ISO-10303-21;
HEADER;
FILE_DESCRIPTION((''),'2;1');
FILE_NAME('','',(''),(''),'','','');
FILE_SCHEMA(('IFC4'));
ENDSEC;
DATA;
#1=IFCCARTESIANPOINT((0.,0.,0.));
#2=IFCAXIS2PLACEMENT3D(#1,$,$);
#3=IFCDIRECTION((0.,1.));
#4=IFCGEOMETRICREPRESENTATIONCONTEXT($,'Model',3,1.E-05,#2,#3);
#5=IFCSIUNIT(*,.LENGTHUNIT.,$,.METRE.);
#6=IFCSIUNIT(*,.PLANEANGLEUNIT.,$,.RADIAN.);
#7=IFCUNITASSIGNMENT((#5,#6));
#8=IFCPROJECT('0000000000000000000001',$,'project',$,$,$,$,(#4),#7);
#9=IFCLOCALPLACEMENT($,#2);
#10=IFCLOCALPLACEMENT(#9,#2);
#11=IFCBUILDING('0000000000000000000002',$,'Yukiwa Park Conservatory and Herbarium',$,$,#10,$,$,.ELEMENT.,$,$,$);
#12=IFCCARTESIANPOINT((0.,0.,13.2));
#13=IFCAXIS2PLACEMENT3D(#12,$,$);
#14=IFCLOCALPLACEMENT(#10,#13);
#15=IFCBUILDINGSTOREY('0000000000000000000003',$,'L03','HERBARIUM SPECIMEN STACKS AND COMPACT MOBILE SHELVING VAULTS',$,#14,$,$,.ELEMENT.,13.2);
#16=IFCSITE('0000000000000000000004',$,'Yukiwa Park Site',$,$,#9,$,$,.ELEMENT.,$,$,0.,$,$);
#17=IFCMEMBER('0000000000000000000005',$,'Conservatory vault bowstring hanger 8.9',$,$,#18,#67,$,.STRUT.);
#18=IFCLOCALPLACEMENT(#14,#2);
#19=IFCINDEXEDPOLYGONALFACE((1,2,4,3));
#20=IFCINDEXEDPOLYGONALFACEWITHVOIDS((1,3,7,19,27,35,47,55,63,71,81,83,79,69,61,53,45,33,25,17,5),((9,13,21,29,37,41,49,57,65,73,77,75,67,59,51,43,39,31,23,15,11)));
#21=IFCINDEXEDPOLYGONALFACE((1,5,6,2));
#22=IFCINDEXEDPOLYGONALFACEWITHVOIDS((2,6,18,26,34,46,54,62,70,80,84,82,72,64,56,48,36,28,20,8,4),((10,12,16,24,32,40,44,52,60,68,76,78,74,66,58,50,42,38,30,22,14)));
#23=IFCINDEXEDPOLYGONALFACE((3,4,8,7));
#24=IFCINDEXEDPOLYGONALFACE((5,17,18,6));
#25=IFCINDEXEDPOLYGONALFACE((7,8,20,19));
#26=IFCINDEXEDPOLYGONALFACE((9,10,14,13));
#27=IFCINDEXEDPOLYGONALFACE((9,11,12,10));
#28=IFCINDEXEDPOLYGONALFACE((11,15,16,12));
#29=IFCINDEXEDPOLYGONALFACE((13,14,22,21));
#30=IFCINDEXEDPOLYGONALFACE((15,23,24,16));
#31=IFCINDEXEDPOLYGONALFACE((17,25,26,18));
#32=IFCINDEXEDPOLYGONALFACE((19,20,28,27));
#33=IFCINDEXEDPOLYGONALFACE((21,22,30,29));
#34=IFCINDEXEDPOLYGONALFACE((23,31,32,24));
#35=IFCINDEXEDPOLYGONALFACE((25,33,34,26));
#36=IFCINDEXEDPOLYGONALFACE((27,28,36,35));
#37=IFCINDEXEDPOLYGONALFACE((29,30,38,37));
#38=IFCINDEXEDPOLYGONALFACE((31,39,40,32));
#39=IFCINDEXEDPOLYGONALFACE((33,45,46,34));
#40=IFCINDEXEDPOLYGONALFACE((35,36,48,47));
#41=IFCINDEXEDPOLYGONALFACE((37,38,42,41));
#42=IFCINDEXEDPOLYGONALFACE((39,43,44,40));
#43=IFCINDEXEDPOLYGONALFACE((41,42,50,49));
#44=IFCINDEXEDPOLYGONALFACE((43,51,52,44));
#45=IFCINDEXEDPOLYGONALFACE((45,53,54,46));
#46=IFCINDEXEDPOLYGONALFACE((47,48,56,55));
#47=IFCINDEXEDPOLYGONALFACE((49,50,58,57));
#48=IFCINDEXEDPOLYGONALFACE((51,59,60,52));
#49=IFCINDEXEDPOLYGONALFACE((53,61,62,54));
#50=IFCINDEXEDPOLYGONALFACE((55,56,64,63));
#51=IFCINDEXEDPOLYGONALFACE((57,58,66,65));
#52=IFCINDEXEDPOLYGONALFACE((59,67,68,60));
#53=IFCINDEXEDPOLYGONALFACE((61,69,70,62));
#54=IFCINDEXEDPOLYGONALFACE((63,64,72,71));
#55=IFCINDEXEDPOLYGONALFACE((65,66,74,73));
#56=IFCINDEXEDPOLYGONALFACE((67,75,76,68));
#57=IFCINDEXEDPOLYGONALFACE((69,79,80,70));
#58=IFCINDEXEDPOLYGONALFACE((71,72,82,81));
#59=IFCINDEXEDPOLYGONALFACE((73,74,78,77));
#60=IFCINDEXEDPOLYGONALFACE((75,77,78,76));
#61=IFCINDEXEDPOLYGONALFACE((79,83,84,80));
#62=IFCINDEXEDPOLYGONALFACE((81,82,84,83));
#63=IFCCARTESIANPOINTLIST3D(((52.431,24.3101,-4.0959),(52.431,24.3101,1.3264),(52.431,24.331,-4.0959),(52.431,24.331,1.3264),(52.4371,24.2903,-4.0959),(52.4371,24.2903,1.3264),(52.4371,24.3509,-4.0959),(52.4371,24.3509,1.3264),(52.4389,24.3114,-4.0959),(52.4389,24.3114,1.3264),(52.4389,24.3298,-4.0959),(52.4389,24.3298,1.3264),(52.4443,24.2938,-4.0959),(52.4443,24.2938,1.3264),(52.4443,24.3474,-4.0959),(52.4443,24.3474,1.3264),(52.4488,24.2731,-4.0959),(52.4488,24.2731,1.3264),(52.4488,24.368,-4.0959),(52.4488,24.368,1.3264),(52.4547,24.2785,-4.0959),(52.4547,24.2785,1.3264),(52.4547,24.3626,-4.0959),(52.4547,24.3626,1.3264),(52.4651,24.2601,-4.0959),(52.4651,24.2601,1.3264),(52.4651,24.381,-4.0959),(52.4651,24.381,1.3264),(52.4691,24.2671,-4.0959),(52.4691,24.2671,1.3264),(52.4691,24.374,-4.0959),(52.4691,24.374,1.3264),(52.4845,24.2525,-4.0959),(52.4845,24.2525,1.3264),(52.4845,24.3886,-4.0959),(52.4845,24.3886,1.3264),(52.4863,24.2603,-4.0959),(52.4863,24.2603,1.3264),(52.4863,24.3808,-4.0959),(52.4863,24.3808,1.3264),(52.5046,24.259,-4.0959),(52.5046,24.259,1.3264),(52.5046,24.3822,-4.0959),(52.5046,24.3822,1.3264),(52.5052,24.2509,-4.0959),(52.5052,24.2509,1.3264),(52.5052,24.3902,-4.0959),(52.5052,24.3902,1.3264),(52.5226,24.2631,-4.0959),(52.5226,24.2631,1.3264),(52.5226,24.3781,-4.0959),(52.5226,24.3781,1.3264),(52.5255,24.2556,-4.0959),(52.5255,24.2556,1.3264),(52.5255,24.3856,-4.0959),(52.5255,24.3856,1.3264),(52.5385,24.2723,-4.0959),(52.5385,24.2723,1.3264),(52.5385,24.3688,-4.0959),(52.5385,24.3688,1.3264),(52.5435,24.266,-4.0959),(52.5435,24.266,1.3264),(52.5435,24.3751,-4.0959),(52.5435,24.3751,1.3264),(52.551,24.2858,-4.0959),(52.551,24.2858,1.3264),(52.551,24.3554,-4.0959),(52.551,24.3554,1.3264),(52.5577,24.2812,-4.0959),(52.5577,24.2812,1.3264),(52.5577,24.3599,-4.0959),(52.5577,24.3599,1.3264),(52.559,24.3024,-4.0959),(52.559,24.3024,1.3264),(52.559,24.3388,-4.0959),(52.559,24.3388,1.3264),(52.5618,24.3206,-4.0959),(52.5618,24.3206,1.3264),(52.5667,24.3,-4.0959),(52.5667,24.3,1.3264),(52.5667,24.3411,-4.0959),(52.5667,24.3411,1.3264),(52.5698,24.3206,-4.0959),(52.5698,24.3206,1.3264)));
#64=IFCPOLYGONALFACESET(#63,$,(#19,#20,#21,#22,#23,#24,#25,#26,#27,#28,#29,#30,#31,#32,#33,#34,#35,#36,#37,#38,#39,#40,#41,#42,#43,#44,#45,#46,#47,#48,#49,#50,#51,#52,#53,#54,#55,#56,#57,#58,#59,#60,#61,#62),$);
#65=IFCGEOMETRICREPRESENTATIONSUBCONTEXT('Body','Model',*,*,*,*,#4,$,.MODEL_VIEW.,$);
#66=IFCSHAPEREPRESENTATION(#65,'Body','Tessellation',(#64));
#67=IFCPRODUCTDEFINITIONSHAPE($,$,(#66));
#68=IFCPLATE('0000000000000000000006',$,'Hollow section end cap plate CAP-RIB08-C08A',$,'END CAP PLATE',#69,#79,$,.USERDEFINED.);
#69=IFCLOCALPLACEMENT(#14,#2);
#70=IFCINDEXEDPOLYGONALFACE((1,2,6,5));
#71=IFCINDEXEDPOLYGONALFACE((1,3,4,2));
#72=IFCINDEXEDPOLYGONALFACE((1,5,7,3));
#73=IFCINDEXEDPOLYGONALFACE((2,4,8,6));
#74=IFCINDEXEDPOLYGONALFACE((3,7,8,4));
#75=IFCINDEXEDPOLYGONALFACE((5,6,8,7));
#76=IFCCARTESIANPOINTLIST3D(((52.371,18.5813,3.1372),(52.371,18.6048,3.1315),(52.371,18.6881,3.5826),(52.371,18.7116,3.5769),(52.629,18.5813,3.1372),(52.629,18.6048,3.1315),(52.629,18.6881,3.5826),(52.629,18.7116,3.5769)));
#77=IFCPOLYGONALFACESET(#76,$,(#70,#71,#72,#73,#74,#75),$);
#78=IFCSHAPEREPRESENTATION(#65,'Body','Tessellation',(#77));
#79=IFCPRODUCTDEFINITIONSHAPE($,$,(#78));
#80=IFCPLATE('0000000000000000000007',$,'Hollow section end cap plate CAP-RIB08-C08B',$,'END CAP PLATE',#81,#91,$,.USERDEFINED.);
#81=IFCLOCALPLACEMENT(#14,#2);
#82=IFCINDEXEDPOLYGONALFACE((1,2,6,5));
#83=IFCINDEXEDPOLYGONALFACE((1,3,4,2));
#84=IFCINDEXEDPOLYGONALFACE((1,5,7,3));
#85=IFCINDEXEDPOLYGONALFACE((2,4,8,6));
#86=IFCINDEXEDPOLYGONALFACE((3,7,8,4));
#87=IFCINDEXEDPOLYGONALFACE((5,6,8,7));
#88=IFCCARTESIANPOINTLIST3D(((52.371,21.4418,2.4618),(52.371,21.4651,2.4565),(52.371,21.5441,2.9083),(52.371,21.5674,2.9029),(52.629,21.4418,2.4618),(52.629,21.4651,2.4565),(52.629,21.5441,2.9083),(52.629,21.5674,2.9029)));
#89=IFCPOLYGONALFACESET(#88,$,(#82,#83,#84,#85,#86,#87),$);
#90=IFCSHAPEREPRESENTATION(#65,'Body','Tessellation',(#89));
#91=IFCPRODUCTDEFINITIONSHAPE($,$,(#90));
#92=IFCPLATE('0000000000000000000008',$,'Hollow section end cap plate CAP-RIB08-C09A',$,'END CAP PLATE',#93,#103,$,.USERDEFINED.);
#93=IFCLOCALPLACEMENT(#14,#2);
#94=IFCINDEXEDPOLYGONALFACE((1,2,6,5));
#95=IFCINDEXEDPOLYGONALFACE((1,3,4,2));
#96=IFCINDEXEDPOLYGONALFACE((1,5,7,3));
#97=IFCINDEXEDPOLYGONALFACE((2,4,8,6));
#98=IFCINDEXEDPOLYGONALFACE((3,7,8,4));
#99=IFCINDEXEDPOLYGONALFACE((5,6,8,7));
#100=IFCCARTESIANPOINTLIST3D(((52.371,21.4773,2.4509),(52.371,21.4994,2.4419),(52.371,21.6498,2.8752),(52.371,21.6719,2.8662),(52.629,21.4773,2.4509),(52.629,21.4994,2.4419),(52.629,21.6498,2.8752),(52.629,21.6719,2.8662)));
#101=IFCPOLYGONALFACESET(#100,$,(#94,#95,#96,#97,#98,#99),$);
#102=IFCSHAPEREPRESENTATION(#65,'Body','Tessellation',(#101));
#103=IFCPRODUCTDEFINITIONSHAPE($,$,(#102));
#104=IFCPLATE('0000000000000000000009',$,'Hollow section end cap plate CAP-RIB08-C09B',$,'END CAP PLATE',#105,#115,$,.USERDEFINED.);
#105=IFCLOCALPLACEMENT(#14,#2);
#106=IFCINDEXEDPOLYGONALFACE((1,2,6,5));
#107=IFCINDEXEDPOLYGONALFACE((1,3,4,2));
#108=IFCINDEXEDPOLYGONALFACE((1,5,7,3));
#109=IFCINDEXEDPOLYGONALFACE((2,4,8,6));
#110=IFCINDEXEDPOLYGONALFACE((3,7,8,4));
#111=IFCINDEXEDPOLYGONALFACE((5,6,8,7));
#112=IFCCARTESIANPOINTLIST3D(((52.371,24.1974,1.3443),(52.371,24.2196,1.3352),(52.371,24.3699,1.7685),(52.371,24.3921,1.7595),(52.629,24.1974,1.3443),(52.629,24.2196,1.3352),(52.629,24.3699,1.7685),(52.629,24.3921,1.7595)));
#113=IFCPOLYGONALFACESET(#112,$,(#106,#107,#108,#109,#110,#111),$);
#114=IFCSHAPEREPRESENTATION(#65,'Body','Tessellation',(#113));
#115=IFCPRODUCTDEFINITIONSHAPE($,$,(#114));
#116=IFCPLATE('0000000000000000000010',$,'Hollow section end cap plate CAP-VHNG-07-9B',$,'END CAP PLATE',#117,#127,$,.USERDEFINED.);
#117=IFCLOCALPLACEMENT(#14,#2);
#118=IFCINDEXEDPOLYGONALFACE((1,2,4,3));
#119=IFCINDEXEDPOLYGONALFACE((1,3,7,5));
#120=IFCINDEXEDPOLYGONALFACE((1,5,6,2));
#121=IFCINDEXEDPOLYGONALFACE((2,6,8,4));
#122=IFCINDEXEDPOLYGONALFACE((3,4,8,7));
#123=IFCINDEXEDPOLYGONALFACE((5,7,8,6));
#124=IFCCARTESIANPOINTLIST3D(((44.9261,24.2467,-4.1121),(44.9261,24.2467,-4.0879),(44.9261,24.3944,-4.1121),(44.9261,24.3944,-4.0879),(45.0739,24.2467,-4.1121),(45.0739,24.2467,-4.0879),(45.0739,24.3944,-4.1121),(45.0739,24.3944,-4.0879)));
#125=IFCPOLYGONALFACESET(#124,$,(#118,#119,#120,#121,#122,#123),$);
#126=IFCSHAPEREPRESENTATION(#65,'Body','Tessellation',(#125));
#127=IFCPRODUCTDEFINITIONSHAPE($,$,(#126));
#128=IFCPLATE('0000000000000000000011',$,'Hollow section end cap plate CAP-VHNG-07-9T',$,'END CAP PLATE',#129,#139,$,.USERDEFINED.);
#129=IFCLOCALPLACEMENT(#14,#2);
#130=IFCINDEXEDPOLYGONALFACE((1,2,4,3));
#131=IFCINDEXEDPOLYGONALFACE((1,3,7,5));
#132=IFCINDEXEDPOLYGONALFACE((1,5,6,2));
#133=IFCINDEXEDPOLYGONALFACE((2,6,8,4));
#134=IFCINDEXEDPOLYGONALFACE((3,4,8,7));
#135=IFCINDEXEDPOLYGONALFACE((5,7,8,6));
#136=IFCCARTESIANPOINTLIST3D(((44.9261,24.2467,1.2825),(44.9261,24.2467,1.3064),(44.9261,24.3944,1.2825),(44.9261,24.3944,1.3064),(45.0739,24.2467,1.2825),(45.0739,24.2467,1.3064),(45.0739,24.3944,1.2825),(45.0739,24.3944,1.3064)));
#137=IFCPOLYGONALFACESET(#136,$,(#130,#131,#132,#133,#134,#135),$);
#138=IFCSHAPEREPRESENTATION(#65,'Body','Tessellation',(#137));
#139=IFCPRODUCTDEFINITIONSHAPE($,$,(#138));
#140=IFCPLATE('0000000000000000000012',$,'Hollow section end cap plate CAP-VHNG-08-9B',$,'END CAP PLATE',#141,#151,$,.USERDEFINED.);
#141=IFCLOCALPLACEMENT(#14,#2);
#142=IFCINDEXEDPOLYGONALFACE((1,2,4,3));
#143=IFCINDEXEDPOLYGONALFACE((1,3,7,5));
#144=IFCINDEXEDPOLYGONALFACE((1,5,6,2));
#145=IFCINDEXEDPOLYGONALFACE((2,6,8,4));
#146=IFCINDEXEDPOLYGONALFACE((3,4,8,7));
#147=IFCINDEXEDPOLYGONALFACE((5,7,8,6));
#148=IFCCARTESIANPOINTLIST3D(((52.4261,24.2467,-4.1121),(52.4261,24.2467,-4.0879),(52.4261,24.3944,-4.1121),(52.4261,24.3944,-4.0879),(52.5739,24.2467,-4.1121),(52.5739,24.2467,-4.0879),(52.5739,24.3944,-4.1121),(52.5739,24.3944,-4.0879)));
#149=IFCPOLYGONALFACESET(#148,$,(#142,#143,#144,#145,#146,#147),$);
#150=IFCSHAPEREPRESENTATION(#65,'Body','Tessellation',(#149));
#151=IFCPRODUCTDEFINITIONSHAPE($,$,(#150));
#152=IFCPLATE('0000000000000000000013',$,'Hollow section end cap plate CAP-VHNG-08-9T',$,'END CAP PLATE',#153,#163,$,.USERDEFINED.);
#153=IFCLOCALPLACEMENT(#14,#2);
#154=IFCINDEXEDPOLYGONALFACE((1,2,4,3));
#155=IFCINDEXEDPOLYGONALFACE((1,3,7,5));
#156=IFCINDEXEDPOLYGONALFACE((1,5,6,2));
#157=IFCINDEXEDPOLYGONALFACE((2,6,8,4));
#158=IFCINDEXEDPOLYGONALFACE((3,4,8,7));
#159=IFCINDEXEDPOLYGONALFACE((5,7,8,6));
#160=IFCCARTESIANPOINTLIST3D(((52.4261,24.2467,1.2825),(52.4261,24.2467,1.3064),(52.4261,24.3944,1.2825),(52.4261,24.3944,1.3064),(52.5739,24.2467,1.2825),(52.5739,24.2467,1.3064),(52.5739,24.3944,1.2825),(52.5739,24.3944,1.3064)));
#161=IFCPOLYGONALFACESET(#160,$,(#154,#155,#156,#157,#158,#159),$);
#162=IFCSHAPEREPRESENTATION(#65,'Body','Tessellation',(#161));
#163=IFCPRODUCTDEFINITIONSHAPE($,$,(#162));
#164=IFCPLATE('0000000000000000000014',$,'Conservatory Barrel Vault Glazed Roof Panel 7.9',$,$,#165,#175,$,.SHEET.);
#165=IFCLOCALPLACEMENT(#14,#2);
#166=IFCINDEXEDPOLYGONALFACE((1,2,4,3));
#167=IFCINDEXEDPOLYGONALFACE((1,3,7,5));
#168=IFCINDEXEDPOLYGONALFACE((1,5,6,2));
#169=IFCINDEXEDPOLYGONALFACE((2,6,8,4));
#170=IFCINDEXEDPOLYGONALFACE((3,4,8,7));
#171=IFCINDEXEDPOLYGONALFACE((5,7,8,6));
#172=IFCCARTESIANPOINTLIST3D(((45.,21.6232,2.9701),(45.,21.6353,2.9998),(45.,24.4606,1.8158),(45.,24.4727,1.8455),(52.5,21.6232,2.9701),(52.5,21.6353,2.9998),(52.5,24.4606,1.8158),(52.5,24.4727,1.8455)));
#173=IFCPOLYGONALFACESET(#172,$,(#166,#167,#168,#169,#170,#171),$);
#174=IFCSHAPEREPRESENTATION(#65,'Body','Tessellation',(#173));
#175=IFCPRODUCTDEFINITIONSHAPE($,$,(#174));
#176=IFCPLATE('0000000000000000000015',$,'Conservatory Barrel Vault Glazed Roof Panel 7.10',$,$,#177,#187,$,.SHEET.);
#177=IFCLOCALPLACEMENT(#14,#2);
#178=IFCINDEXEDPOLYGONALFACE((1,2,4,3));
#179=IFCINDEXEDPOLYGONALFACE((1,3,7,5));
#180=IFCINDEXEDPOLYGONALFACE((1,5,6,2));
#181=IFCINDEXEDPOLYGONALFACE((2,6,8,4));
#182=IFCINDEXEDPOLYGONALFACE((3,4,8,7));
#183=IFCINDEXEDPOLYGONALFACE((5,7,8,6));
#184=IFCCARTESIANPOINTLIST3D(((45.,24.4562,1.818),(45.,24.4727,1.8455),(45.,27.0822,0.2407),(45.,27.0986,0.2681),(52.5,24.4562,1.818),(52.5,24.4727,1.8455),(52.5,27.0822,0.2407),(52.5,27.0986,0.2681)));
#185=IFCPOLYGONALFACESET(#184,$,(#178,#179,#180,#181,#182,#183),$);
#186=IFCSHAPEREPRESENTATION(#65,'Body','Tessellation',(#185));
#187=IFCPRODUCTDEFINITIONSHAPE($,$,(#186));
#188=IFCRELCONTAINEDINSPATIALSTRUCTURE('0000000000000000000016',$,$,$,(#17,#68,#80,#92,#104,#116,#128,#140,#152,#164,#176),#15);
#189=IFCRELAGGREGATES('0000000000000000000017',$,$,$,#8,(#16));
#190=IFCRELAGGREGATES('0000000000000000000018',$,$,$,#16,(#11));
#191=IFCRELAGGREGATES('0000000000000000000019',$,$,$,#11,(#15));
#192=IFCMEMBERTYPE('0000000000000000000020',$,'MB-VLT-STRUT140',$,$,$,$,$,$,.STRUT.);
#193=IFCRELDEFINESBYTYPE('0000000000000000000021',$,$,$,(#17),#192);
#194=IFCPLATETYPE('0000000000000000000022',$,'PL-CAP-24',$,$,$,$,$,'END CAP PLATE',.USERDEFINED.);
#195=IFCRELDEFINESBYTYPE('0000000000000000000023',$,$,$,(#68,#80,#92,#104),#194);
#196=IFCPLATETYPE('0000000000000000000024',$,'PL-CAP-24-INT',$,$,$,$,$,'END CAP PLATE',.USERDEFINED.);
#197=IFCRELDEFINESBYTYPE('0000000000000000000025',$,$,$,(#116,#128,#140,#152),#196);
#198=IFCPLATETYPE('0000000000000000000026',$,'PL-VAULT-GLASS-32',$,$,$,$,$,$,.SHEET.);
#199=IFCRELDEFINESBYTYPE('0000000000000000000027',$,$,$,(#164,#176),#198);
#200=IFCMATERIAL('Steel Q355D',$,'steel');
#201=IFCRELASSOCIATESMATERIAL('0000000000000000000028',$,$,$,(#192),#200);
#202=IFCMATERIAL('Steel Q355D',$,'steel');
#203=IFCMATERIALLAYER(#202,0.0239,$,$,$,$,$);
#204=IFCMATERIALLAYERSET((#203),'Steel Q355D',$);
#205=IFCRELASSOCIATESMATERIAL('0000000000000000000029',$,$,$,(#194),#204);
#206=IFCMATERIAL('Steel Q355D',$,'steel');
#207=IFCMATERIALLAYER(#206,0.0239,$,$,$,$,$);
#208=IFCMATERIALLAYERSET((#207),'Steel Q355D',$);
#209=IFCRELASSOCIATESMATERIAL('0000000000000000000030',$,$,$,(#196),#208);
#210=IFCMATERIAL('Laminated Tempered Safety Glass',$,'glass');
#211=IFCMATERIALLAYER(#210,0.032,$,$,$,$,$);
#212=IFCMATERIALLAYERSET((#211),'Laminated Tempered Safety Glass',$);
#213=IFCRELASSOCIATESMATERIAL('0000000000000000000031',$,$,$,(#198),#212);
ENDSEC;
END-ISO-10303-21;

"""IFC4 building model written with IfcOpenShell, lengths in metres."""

from ifc_helpers import new_model, si_unit, direction, frame, origin, origin_2d, place, context, subcontext, project, spatial, polyline, rectangle, hollow_circle, outline, extrude, material, layer, layer_set, material_profile, profile_set, type_object, element, save


model = new_model("IFC4")

# Units and contexts
model_context = context("Model", 3, precision=1e-05, world=origin(), true_north=direction((0.0, 1.0)))
body_context = subcontext(model_context, "Body", "Model", "MODEL_VIEW")
ifc_project = project(units=[si_unit("LENGTHUNIT", "METRE"), si_unit("PLANEANGLEUNIT", "RADIAN")], contexts=[model_context])

# Site, building, storey
site_placement = place(None, origin())
site = spatial("IfcSite", under=ifc_project, at=site_placement, Name="Yukiwa Park Site", CompositionType="ELEMENT", RefElevation=0.0)
building_placement = place(site_placement, origin())
building = spatial("IfcBuilding", under=site, at=building_placement, Name="Yukiwa Park Conservatory and Herbarium", CompositionType="ELEMENT")
storey_placement = place(building_placement, frame((0.0, 0.0, 13.2)))
storey = spatial("IfcBuildingStorey", under=building, at=storey_placement, Name="L03", Description="HERBARIUM SPECIMEN STACKS AND COMPACT MOBILE SHELVING VAULTS", CompositionType="ELEMENT", Elevation=13.2)

# Member
ifc_material_1 = material(Name="Steel Q355D", Category="steel")
ifc_material_profile_1 = material_profile(ifc_material_1, hollow_circle(Radius=0.0698, WallThickness=0.0081, at=origin_2d()), Name="CHS 139.7x8")
ifc_profile_set_1 = profile_set([ifc_material_profile_1], Name="Steel Q355D")
member_type_1 = type_object("IfcMemberType", Name="MB-VLT-STRUT140", PredefinedType="STRUT", material=ifc_profile_set_1)
for number, where, z_axis, x_axis, name in (
    (1, (52.5, 24.3206, -4.0959), (0.0, 0.0, 1.0), (1.0, 0.0, 0.0), "Conservatory vault bowstring hanger 8.9"),
):
    element("IfcMember", number, at=place(storey_placement, frame(where, z_axis=z_axis, x_axis=x_axis)), inside=storey, type_object=member_type_1, Name=name, PredefinedType="STRUT", context=body_context, shape_type="SweptSolid", body=[
        extrude(hollow_circle(Radius=0.0698, WallThickness=0.0081, at=origin_2d()), origin(), (0.0, 0.0, 1.0), 5.4224),
    ])

# Plates
ifc_material_2 = material(Name="Steel Q355D", Category="steel")
ifc_layer_1 = layer(ifc_material_2, 0.0239)
ifc_layer_set_1 = layer_set([ifc_layer_1], Name="Steel Q355D")
plate_type_1 = type_object("IfcPlateType", Name="PL-CAP-24", ElementType="END CAP PLATE", PredefinedType="USERDEFINED", material=ifc_layer_set_1)
plate_1_placement = place(storey_placement, frame((52.5, 18.6582, 3.3542), z_axis=(0.0, -0.972479, 0.23299), x_axis=(1.0, 0.0, 0.0)))
element("IfcPlate", 2, at=plate_1_placement, inside=storey, type_object=plate_type_1, Name="Hollow section end cap plate CAP-RIB08-C08A", ObjectType="END CAP PLATE", PredefinedType="USERDEFINED", context=body_context, shape_type="SweptSolid", body=[
    extrude(rectangle(XDim=0.2581, YDim=0.458, at=origin_2d()), origin(), (0.0, 0.0, 1.0), 0.0242),
])
for number, where, z_axis, x_axis, name in (
    (3, (52.5, 21.4929, 2.6851), (0.0, 0.974732, -0.223376), (-1.0, 0.0, 0.0), "Hollow section end cap plate CAP-RIB08-C08B"),
    (4, (52.5, 21.5857, 2.6541), (0.0, -0.926356, 0.37665), (1.0, 0.0, 0.0), "Hollow section end cap plate CAP-RIB08-C09A"),
    (5, (52.5, 24.2837, 1.5564), (0.0, 0.926356, -0.37665), (-1.0, 0.0, 0.0), "Hollow section end cap plate CAP-RIB08-C09B"),
):
    element("IfcPlate", number, at=place(storey_placement, frame(where, z_axis=z_axis, x_axis=x_axis)), inside=storey, type_object=plate_type_1, Name=name, ObjectType="END CAP PLATE", PredefinedType="USERDEFINED", context=body_context, shape_type="SweptSolid", body=[
        extrude(rectangle(XDim=0.2581, YDim=0.458, at=origin_2d()), origin(), (0.0, 0.0, 1.0), 0.0239),
    ])
ifc_material_3 = material(Name="Steel Q355D", Category="steel")
ifc_layer_2 = layer(ifc_material_3, 0.0239)
ifc_layer_set_2 = layer_set([ifc_layer_2], Name="Steel Q355D")
plate_type_2 = type_object("IfcPlateType", Name="PL-CAP-24-INT", ElementType="END CAP PLATE", PredefinedType="USERDEFINED", material=ifc_layer_set_2)
plate_2_placement = place(storey_placement, frame((45.0, 24.3206, -4.0879), z_axis=(0.0, 0.0, -1.0), x_axis=(1.0, 0.0, 0.0)))
element("IfcPlate", 6, at=plate_2_placement, inside=storey, type_object=plate_type_2, Name="Hollow section end cap plate CAP-VHNG-07-9B", ObjectType="END CAP PLATE", PredefinedType="USERDEFINED", context=body_context, shape_type="SweptSolid", body=[
    extrude(rectangle(XDim=0.1477, YDim=0.1477, at=origin_2d()), origin(), (0.0, 0.0, 1.0), 0.0242),
])
plate_3_placement = place(storey_placement, frame((45.0, 24.3206, 1.2825), z_axis=(0.0, 0.0, 1.0), x_axis=(1.0, 0.0, 0.0)))
element("IfcPlate", 7, at=plate_3_placement, inside=storey, type_object=plate_type_2, Name="Hollow section end cap plate CAP-VHNG-07-9T", ObjectType="END CAP PLATE", PredefinedType="USERDEFINED", context=body_context, shape_type="SweptSolid", body=[
    extrude(rectangle(XDim=0.1477, YDim=0.1477, at=origin_2d()), origin(), (0.0, 0.0, 1.0), 0.0239),
])
plate_4_placement = place(storey_placement, frame((52.5, 24.3206, -4.0879), z_axis=(0.0, 0.0, -1.0), x_axis=(1.0, 0.0, 0.0)))
element("IfcPlate", 8, at=plate_4_placement, inside=storey, type_object=plate_type_2, Name="Hollow section end cap plate CAP-VHNG-08-9B", ObjectType="END CAP PLATE", PredefinedType="USERDEFINED", context=body_context, shape_type="SweptSolid", body=[
    extrude(rectangle(XDim=0.1477, YDim=0.1477, at=origin_2d()), origin(), (0.0, 0.0, 1.0), 0.0242),
])
plate_5_placement = place(storey_placement, frame((52.5, 24.3206, 1.2825), z_axis=(0.0, 0.0, 1.0), x_axis=(1.0, 0.0, 0.0)))
element("IfcPlate", 9, at=plate_5_placement, inside=storey, type_object=plate_type_2, Name="Hollow section end cap plate CAP-VHNG-08-9T", ObjectType="END CAP PLATE", PredefinedType="USERDEFINED", context=body_context, shape_type="SweptSolid", body=[
    extrude(rectangle(XDim=0.1477, YDim=0.1477, at=origin_2d()), origin(), (0.0, 0.0, 1.0), 0.0239),
])
ifc_material_4 = material(Name="Laminated Tempered Safety Glass", Category="glass")
ifc_layer_3 = layer(ifc_material_4, 0.032)
ifc_layer_set_3 = layer_set([ifc_layer_3], Name="Laminated Tempered Safety Glass")
plate_type_3 = type_object("IfcPlateType", Name="PL-VAULT-GLASS-32", PredefinedType="SHEET", material=ifc_layer_set_3)
plate_6_placement = place(storey_placement, frame((45.0, 21.6353, 2.9998), z_axis=(0.0, 0.376826, 0.926284), x_axis=(1.0, 0.0, 0.0)))
element("IfcPlate", 10, at=plate_6_placement, inside=storey, type_object=plate_type_3, Name="Conservatory Barrel Vault Glazed Roof Panel 7.9", PredefinedType="SHEET", context=body_context, shape_type="SweptSolid", body=[
    extrude(outline(polyline([(0.0, 0.0), (7.5, 0.0), (7.5, 3.0632), (0.0, 3.0632), (0.0, 0.0)])), origin(), (0.0, 0.0, -1.0), 0.032),
])
plate_7_placement = place(storey_placement, frame((45.0, 24.4727, 1.8455), z_axis=(0.0, 0.514929, 0.857233), x_axis=(1.0, 0.0, 0.0)))
element("IfcPlate", 11, at=plate_7_placement, inside=storey, type_object=plate_type_3, Name="Conservatory Barrel Vault Glazed Roof Panel 7.10", PredefinedType="SHEET", context=body_context, shape_type="SweptSolid", body=[
    extrude(outline(polyline([(0.0, 0.0), (7.5, 0.0), (7.5, 3.0633), (0.0, 3.0633), (0.0, 0.0)])), origin(), (0.0, 0.0, -1.0), 0.032),
])

save(model, "model.ifc")
